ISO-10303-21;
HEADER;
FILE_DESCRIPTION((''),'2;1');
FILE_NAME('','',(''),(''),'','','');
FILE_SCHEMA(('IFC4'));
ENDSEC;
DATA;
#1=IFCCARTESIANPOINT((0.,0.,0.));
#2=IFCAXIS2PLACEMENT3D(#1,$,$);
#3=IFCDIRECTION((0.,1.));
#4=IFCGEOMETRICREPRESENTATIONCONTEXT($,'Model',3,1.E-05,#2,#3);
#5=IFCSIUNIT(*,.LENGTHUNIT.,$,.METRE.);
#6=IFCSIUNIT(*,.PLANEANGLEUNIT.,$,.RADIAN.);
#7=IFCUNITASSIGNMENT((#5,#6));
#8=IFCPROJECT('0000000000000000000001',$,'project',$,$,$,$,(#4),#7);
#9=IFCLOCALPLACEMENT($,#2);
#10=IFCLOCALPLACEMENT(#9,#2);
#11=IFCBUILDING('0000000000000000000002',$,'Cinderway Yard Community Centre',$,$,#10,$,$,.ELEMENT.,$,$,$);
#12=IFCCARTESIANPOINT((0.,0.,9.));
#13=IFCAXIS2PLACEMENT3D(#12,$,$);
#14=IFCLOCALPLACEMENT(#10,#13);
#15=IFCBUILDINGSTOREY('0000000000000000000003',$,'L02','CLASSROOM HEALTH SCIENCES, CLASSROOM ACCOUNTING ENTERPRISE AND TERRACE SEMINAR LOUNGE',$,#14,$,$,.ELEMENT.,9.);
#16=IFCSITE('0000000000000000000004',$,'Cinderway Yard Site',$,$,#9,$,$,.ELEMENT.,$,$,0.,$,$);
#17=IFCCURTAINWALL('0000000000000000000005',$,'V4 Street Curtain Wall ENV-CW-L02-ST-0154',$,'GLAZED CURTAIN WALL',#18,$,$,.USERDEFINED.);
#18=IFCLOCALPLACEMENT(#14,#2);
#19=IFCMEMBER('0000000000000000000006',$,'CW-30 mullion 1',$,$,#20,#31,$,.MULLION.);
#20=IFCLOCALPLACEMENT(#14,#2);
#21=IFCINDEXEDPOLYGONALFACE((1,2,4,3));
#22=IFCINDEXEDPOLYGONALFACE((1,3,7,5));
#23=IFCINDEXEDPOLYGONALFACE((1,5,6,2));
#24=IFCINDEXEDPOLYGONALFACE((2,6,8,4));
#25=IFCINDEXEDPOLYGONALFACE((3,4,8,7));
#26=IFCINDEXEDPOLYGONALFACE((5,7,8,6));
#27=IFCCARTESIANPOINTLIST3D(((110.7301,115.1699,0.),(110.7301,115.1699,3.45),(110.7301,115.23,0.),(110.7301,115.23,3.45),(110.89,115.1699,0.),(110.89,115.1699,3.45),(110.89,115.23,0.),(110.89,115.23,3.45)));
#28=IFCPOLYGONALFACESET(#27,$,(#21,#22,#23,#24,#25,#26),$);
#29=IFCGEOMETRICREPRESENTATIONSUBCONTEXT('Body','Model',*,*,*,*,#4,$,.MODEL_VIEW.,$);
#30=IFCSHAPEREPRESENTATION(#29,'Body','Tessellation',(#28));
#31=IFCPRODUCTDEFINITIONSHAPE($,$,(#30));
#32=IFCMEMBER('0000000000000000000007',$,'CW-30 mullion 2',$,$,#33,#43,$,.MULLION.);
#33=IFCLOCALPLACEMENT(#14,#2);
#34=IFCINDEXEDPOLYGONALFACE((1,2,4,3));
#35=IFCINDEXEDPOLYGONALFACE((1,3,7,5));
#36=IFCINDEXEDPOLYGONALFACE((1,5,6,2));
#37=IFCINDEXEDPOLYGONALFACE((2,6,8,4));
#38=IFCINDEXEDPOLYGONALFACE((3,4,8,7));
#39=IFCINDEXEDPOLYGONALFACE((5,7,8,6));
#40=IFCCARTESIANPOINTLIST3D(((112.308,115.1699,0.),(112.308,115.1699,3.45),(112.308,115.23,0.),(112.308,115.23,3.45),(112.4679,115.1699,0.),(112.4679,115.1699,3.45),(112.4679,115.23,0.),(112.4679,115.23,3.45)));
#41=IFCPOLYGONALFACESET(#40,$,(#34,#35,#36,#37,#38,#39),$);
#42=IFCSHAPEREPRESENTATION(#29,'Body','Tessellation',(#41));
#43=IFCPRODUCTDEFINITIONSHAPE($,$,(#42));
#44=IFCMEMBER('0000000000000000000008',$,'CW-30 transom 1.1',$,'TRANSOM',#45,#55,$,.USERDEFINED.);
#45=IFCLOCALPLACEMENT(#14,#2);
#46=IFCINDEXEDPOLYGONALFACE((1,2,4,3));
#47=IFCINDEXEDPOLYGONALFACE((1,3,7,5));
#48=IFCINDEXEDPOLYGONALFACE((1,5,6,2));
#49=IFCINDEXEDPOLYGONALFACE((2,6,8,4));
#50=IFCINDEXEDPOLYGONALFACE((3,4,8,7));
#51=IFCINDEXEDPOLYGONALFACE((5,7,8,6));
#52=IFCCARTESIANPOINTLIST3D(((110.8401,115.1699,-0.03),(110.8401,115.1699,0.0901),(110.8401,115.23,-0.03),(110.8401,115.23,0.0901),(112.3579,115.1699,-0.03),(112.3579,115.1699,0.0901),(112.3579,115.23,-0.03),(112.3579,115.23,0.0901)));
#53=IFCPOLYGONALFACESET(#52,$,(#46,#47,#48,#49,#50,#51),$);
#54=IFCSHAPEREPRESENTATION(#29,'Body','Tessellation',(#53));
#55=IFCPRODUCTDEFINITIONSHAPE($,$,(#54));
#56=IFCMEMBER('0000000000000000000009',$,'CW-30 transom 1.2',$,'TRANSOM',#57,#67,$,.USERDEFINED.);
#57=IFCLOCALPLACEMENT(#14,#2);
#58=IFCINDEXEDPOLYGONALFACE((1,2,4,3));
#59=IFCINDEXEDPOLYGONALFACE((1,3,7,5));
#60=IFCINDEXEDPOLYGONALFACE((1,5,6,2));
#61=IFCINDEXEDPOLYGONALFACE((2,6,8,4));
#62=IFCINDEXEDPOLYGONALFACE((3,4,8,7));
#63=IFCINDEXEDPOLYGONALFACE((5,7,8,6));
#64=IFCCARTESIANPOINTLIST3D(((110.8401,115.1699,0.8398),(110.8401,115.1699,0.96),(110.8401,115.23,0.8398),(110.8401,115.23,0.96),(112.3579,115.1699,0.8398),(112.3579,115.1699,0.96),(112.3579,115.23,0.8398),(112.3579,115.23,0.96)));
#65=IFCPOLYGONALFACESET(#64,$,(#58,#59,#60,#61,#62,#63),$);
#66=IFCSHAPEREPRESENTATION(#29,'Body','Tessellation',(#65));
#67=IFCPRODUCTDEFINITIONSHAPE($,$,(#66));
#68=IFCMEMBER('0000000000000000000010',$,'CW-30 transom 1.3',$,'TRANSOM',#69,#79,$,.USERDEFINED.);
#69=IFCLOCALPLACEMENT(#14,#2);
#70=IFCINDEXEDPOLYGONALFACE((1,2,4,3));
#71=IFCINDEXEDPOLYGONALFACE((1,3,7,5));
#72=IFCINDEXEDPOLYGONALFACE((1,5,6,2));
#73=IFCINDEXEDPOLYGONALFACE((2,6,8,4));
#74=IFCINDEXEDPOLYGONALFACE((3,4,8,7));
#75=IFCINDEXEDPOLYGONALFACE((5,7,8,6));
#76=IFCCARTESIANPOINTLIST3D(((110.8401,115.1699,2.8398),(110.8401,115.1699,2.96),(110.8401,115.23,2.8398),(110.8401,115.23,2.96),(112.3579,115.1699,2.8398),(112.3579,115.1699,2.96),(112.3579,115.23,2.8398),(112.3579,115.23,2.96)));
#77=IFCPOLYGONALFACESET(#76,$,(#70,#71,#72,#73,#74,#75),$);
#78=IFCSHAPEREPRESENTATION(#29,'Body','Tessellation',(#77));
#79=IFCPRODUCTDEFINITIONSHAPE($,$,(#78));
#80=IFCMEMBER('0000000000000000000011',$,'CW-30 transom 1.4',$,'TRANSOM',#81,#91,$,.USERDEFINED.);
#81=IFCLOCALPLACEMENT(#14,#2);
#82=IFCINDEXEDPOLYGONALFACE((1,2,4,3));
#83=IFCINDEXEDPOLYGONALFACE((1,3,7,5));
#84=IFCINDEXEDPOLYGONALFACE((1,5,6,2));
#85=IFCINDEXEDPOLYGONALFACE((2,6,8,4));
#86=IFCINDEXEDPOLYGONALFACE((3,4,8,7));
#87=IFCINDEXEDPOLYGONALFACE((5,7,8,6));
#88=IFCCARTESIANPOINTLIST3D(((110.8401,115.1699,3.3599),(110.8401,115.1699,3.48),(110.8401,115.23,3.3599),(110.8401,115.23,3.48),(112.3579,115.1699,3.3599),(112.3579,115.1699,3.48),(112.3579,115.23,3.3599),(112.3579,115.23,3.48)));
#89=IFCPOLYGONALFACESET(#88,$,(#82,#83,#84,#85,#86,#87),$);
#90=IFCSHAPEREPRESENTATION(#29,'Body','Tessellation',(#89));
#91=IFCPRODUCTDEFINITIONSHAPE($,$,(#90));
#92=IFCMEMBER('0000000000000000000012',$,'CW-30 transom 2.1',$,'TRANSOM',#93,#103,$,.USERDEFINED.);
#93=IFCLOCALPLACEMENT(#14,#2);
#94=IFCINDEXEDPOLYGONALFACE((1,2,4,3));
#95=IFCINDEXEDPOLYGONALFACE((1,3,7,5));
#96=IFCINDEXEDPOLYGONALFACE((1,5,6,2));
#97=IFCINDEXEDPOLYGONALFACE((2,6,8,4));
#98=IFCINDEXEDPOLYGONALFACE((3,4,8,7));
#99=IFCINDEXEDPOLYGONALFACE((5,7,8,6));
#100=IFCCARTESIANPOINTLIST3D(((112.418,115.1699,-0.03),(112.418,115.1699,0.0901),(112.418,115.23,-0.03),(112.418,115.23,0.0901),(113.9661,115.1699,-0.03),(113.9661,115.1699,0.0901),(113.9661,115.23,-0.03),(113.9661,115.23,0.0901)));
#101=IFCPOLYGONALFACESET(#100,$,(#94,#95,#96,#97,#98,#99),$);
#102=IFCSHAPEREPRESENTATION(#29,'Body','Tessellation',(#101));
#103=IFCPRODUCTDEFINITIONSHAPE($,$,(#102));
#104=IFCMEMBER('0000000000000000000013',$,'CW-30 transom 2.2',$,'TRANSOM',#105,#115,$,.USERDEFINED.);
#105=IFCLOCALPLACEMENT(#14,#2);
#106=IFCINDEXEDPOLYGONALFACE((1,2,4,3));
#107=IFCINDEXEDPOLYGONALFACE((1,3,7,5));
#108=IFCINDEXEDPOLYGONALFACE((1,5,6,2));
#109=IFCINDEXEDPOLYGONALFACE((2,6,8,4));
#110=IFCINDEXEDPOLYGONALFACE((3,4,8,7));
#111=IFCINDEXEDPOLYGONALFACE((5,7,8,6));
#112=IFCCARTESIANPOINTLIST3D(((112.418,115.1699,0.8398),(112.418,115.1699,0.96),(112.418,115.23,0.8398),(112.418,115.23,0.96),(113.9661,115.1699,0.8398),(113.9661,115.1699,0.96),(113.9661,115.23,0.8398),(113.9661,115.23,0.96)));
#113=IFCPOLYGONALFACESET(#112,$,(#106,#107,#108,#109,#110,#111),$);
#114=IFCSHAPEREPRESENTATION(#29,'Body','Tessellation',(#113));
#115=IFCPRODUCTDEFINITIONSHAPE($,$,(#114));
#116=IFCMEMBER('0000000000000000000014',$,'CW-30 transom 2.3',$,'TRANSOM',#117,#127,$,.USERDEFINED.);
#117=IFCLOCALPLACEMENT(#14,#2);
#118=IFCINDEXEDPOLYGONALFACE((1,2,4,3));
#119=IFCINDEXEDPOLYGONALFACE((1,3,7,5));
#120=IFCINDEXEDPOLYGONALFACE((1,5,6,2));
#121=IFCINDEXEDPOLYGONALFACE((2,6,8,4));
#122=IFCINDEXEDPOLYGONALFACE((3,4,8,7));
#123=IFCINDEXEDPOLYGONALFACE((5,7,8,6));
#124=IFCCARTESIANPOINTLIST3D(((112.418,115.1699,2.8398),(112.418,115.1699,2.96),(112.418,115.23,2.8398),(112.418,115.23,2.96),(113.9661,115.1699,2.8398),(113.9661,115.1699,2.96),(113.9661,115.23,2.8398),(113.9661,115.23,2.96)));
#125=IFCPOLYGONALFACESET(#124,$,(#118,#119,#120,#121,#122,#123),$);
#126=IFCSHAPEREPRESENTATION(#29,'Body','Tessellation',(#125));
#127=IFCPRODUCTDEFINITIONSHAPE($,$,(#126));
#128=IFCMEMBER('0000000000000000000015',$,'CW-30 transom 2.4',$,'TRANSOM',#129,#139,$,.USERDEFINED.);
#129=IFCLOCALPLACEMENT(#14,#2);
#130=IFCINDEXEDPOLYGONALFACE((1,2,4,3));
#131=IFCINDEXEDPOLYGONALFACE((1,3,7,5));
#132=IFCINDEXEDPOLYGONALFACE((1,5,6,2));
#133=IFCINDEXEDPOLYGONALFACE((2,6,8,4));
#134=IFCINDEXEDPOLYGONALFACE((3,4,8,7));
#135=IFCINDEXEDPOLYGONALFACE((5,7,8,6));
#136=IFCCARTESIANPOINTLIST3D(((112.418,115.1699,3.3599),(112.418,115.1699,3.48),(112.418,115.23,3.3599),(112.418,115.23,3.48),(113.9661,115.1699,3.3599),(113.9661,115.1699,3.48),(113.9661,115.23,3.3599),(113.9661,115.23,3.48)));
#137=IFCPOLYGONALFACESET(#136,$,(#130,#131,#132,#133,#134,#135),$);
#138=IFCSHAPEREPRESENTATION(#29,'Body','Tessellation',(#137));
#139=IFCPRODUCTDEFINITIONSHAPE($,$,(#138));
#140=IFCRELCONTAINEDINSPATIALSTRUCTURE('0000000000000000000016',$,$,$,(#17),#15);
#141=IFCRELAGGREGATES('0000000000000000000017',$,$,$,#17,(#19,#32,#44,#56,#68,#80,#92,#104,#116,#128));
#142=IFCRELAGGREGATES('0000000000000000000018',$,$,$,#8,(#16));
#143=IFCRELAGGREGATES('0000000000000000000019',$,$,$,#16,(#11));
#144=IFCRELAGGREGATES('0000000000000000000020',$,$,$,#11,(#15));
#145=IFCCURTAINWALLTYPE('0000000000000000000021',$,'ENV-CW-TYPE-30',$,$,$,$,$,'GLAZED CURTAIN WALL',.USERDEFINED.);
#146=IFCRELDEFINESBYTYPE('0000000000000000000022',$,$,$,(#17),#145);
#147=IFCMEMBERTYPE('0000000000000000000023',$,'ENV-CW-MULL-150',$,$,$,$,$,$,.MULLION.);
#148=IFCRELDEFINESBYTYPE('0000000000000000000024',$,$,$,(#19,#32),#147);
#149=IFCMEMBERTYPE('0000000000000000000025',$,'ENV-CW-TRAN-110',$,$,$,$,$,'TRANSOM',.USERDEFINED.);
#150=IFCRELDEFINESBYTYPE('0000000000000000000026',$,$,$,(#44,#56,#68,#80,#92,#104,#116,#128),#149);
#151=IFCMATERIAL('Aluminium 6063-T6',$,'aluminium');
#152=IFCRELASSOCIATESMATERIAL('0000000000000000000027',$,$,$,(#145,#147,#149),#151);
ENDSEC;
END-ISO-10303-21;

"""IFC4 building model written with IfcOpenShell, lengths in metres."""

from ifc_helpers import new_model, si_unit, direction, frame, origin, origin_2d, place, context, subcontext, project, spatial, rectangle, extrude, material, material_profile, profile_set, type_object, element, aggregate, save


model = new_model("IFC4")

# Units and contexts
model_context = context("Model", 3, precision=1e-05, world=origin(), true_north=direction((0.0, 1.0)))
body_context = subcontext(model_context, "Body", "Model", "MODEL_VIEW")
ifc_project = project(units=[si_unit("LENGTHUNIT", "METRE"), si_unit("PLANEANGLEUNIT", "RADIAN")], contexts=[model_context])

# Site, building, storey
site_placement = place(None, origin())
site = spatial("IfcSite", under=ifc_project, at=site_placement, Name="Cinderway Yard Site", CompositionType="ELEMENT", RefElevation=0.0)
building_placement = place(site_placement, origin())
building = spatial("IfcBuilding", under=site, at=building_placement, Name="Cinderway Yard Community Centre", CompositionType="ELEMENT")
storey_placement = place(building_placement, frame((0.0, 0.0, 9.0)))
storey = spatial("IfcBuildingStorey", under=building, at=storey_placement, Name="L02", Description="CLASSROOM HEALTH SCIENCES, CLASSROOM ACCOUNTING ENTERPRISE AND TERRACE SEMINAR LOUNGE", CompositionType="ELEMENT", Elevation=9.0)

# Curtain wall, members
ifc_material_1 = material(Name="Aluminium 6063-T6", Category="aluminium")
curtain_wall_type = type_object("IfcCurtainWallType", Name="ENV-CW-TYPE-30", ElementType="GLAZED CURTAIN WALL", PredefinedType="USERDEFINED", material=ifc_material_1)
curtain_wall_placement = place(storey_placement, origin())
curtain_wall = element("IfcCurtainWall", 1, at=curtain_wall_placement, inside=storey, type_object=curtain_wall_type, Name="V4 Street Curtain Wall ENV-CW-L02-ST-0154", ObjectType="GLAZED CURTAIN WALL", PredefinedType="USERDEFINED")
ifc_material_profile_1 = material_profile(ifc_material_1, rectangle(XDim=0.0601, YDim=0.1599, at=origin_2d()), Name="Aluminium 6063-T6")
ifc_profile_set_1 = profile_set([ifc_material_profile_1], Name="Aluminium 6063-T6")
member_type_1 = type_object("IfcMemberType", Name="ENV-CW-MULL-150", PredefinedType="MULLION", material=ifc_profile_set_1)
member_1_placement = place(storey_placement, frame((110.8101, 115.2, 0.0), z_axis=(0.0, 0.0, 1.0), x_axis=(0.0, 1.0, 0.0)))
member_1 = element("IfcMember", 2, at=member_1_placement, type_object=member_type_1, Name="CW-30 mullion 1", PredefinedType="MULLION", context=body_context, shape_type="SweptSolid", body=[
    extrude(rectangle(XDim=0.0601, YDim=0.1599, at=origin_2d()), origin(), (0.0, 0.0, 1.0), 3.45),
])
member_2_placement = place(storey_placement, frame((112.3879, 115.2, 0.0), z_axis=(0.0, 0.0, 1.0), x_axis=(0.0, 1.0, 0.0)))
member_2 = element("IfcMember", 3, at=member_2_placement, type_object=member_type_1, Name="CW-30 mullion 2", PredefinedType="MULLION", context=body_context, shape_type="SweptSolid", body=[
    extrude(rectangle(XDim=0.0601, YDim=0.1599, at=origin_2d()), origin(), (0.0, 0.0, 1.0), 3.45),
])
ifc_material_profile_2 = material_profile(ifc_material_1, rectangle(XDim=0.0601, YDim=0.1201, at=origin_2d()), Name="Aluminium 6063-T6")
ifc_profile_set_2 = profile_set([ifc_material_profile_2], Name="Aluminium 6063-T6")
member_type_2 = type_object("IfcMemberType", Name="ENV-CW-TRAN-110", ElementType="TRANSOM", PredefinedType="USERDEFINED", material=ifc_profile_set_2)
member_3_placement = place(storey_placement, frame((110.8401, 115.2, 0.03), z_axis=(1.0, 0.0, 0.0), x_axis=(0.0, 1.0, 0.0)))
member_3 = element("IfcMember", 4, at=member_3_placement, type_object=member_type_2, Name="CW-30 transom 1.1", ObjectType="TRANSOM", PredefinedType="USERDEFINED", context=body_context, shape_type="SweptSolid", body=[
    extrude(rectangle(XDim=0.0601, YDim=0.1201, at=origin_2d()), origin(), (0.0, 0.0, 1.0), 1.5178),
])
member_4_placement = place(storey_placement, frame((110.8401, 115.2, 0.8999), z_axis=(1.0, 0.0, 0.0), x_axis=(0.0, 1.0, 0.0)))
member_4 = element("IfcMember", 5, at=member_4_placement, type_object=member_type_2, Name="CW-30 transom 1.2", ObjectType="TRANSOM", PredefinedType="USERDEFINED", context=body_context, shape_type="SweptSolid", body=[
    extrude(rectangle(XDim=0.0601, YDim=0.1201, at=origin_2d()), origin(), (0.0, 0.0, 1.0), 1.5178),
])
member_5_placement = place(storey_placement, frame((110.8401, 115.2, 2.8999), z_axis=(1.0, 0.0, 0.0), x_axis=(0.0, 1.0, 0.0)))
member_5 = element("IfcMember", 6, at=member_5_placement, type_object=member_type_2, Name="CW-30 transom 1.3", ObjectType="TRANSOM", PredefinedType="USERDEFINED", context=body_context, shape_type="SweptSolid", body=[
    extrude(rectangle(XDim=0.0601, YDim=0.1201, at=origin_2d()), origin(), (0.0, 0.0, 1.0), 1.5178),
])
member_6_placement = place(storey_placement, frame((110.8401, 115.2, 3.4199), z_axis=(1.0, 0.0, 0.0), x_axis=(0.0, 1.0, 0.0)))
member_6 = element("IfcMember", 7, at=member_6_placement, type_object=member_type_2, Name="CW-30 transom 1.4", ObjectType="TRANSOM", PredefinedType="USERDEFINED", context=body_context, shape_type="SweptSolid", body=[
    extrude(rectangle(XDim=0.0601, YDim=0.1201, at=origin_2d()), origin(), (0.0, 0.0, 1.0), 1.5178),
])
member_7_placement = place(storey_placement, frame((112.418, 115.2, 0.03), z_axis=(1.0, 0.0, 0.0), x_axis=(0.0, 1.0, 0.0)))
member_7 = element("IfcMember", 8, at=member_7_placement, type_object=member_type_2, Name="CW-30 transom 2.1", ObjectType="TRANSOM", PredefinedType="USERDEFINED", context=body_context, shape_type="SweptSolid", body=[
    extrude(rectangle(XDim=0.0601, YDim=0.1201, at=origin_2d()), origin(), (0.0, 0.0, 1.0), 1.5481),
])
member_8_placement = place(storey_placement, frame((112.418, 115.2, 0.8999), z_axis=(1.0, 0.0, 0.0), x_axis=(0.0, 1.0, 0.0)))
member_8 = element("IfcMember", 9, at=member_8_placement, type_object=member_type_2, Name="CW-30 transom 2.2", ObjectType="TRANSOM", PredefinedType="USERDEFINED", context=body_context, shape_type="SweptSolid", body=[
    extrude(rectangle(XDim=0.0601, YDim=0.1201, at=origin_2d()), origin(), (0.0, 0.0, 1.0), 1.5481),
])
member_9_placement = place(storey_placement, frame((112.418, 115.2, 2.8999), z_axis=(1.0, 0.0, 0.0), x_axis=(0.0, 1.0, 0.0)))
member_9 = element("IfcMember", 10, at=member_9_placement, type_object=member_type_2, Name="CW-30 transom 2.3", ObjectType="TRANSOM", PredefinedType="USERDEFINED", context=body_context, shape_type="SweptSolid", body=[
    extrude(rectangle(XDim=0.0601, YDim=0.1201, at=origin_2d()), origin(), (0.0, 0.0, 1.0), 1.5481),
])
member_10_placement = place(storey_placement, frame((112.418, 115.2, 3.4199), z_axis=(1.0, 0.0, 0.0), x_axis=(0.0, 1.0, 0.0)))
member_10 = element("IfcMember", 11, at=member_10_placement, type_object=member_type_2, Name="CW-30 transom 2.4", ObjectType="TRANSOM", PredefinedType="USERDEFINED", context=body_context, shape_type="SweptSolid", body=[
    extrude(rectangle(XDim=0.0601, YDim=0.1201, at=origin_2d()), origin(), (0.0, 0.0, 1.0), 1.5481),
])

aggregate(curtain_wall, [member_1, member_2, member_3, member_4, member_5, member_6, member_7, member_8, member_9, member_10])

save(model, "model.ifc")
